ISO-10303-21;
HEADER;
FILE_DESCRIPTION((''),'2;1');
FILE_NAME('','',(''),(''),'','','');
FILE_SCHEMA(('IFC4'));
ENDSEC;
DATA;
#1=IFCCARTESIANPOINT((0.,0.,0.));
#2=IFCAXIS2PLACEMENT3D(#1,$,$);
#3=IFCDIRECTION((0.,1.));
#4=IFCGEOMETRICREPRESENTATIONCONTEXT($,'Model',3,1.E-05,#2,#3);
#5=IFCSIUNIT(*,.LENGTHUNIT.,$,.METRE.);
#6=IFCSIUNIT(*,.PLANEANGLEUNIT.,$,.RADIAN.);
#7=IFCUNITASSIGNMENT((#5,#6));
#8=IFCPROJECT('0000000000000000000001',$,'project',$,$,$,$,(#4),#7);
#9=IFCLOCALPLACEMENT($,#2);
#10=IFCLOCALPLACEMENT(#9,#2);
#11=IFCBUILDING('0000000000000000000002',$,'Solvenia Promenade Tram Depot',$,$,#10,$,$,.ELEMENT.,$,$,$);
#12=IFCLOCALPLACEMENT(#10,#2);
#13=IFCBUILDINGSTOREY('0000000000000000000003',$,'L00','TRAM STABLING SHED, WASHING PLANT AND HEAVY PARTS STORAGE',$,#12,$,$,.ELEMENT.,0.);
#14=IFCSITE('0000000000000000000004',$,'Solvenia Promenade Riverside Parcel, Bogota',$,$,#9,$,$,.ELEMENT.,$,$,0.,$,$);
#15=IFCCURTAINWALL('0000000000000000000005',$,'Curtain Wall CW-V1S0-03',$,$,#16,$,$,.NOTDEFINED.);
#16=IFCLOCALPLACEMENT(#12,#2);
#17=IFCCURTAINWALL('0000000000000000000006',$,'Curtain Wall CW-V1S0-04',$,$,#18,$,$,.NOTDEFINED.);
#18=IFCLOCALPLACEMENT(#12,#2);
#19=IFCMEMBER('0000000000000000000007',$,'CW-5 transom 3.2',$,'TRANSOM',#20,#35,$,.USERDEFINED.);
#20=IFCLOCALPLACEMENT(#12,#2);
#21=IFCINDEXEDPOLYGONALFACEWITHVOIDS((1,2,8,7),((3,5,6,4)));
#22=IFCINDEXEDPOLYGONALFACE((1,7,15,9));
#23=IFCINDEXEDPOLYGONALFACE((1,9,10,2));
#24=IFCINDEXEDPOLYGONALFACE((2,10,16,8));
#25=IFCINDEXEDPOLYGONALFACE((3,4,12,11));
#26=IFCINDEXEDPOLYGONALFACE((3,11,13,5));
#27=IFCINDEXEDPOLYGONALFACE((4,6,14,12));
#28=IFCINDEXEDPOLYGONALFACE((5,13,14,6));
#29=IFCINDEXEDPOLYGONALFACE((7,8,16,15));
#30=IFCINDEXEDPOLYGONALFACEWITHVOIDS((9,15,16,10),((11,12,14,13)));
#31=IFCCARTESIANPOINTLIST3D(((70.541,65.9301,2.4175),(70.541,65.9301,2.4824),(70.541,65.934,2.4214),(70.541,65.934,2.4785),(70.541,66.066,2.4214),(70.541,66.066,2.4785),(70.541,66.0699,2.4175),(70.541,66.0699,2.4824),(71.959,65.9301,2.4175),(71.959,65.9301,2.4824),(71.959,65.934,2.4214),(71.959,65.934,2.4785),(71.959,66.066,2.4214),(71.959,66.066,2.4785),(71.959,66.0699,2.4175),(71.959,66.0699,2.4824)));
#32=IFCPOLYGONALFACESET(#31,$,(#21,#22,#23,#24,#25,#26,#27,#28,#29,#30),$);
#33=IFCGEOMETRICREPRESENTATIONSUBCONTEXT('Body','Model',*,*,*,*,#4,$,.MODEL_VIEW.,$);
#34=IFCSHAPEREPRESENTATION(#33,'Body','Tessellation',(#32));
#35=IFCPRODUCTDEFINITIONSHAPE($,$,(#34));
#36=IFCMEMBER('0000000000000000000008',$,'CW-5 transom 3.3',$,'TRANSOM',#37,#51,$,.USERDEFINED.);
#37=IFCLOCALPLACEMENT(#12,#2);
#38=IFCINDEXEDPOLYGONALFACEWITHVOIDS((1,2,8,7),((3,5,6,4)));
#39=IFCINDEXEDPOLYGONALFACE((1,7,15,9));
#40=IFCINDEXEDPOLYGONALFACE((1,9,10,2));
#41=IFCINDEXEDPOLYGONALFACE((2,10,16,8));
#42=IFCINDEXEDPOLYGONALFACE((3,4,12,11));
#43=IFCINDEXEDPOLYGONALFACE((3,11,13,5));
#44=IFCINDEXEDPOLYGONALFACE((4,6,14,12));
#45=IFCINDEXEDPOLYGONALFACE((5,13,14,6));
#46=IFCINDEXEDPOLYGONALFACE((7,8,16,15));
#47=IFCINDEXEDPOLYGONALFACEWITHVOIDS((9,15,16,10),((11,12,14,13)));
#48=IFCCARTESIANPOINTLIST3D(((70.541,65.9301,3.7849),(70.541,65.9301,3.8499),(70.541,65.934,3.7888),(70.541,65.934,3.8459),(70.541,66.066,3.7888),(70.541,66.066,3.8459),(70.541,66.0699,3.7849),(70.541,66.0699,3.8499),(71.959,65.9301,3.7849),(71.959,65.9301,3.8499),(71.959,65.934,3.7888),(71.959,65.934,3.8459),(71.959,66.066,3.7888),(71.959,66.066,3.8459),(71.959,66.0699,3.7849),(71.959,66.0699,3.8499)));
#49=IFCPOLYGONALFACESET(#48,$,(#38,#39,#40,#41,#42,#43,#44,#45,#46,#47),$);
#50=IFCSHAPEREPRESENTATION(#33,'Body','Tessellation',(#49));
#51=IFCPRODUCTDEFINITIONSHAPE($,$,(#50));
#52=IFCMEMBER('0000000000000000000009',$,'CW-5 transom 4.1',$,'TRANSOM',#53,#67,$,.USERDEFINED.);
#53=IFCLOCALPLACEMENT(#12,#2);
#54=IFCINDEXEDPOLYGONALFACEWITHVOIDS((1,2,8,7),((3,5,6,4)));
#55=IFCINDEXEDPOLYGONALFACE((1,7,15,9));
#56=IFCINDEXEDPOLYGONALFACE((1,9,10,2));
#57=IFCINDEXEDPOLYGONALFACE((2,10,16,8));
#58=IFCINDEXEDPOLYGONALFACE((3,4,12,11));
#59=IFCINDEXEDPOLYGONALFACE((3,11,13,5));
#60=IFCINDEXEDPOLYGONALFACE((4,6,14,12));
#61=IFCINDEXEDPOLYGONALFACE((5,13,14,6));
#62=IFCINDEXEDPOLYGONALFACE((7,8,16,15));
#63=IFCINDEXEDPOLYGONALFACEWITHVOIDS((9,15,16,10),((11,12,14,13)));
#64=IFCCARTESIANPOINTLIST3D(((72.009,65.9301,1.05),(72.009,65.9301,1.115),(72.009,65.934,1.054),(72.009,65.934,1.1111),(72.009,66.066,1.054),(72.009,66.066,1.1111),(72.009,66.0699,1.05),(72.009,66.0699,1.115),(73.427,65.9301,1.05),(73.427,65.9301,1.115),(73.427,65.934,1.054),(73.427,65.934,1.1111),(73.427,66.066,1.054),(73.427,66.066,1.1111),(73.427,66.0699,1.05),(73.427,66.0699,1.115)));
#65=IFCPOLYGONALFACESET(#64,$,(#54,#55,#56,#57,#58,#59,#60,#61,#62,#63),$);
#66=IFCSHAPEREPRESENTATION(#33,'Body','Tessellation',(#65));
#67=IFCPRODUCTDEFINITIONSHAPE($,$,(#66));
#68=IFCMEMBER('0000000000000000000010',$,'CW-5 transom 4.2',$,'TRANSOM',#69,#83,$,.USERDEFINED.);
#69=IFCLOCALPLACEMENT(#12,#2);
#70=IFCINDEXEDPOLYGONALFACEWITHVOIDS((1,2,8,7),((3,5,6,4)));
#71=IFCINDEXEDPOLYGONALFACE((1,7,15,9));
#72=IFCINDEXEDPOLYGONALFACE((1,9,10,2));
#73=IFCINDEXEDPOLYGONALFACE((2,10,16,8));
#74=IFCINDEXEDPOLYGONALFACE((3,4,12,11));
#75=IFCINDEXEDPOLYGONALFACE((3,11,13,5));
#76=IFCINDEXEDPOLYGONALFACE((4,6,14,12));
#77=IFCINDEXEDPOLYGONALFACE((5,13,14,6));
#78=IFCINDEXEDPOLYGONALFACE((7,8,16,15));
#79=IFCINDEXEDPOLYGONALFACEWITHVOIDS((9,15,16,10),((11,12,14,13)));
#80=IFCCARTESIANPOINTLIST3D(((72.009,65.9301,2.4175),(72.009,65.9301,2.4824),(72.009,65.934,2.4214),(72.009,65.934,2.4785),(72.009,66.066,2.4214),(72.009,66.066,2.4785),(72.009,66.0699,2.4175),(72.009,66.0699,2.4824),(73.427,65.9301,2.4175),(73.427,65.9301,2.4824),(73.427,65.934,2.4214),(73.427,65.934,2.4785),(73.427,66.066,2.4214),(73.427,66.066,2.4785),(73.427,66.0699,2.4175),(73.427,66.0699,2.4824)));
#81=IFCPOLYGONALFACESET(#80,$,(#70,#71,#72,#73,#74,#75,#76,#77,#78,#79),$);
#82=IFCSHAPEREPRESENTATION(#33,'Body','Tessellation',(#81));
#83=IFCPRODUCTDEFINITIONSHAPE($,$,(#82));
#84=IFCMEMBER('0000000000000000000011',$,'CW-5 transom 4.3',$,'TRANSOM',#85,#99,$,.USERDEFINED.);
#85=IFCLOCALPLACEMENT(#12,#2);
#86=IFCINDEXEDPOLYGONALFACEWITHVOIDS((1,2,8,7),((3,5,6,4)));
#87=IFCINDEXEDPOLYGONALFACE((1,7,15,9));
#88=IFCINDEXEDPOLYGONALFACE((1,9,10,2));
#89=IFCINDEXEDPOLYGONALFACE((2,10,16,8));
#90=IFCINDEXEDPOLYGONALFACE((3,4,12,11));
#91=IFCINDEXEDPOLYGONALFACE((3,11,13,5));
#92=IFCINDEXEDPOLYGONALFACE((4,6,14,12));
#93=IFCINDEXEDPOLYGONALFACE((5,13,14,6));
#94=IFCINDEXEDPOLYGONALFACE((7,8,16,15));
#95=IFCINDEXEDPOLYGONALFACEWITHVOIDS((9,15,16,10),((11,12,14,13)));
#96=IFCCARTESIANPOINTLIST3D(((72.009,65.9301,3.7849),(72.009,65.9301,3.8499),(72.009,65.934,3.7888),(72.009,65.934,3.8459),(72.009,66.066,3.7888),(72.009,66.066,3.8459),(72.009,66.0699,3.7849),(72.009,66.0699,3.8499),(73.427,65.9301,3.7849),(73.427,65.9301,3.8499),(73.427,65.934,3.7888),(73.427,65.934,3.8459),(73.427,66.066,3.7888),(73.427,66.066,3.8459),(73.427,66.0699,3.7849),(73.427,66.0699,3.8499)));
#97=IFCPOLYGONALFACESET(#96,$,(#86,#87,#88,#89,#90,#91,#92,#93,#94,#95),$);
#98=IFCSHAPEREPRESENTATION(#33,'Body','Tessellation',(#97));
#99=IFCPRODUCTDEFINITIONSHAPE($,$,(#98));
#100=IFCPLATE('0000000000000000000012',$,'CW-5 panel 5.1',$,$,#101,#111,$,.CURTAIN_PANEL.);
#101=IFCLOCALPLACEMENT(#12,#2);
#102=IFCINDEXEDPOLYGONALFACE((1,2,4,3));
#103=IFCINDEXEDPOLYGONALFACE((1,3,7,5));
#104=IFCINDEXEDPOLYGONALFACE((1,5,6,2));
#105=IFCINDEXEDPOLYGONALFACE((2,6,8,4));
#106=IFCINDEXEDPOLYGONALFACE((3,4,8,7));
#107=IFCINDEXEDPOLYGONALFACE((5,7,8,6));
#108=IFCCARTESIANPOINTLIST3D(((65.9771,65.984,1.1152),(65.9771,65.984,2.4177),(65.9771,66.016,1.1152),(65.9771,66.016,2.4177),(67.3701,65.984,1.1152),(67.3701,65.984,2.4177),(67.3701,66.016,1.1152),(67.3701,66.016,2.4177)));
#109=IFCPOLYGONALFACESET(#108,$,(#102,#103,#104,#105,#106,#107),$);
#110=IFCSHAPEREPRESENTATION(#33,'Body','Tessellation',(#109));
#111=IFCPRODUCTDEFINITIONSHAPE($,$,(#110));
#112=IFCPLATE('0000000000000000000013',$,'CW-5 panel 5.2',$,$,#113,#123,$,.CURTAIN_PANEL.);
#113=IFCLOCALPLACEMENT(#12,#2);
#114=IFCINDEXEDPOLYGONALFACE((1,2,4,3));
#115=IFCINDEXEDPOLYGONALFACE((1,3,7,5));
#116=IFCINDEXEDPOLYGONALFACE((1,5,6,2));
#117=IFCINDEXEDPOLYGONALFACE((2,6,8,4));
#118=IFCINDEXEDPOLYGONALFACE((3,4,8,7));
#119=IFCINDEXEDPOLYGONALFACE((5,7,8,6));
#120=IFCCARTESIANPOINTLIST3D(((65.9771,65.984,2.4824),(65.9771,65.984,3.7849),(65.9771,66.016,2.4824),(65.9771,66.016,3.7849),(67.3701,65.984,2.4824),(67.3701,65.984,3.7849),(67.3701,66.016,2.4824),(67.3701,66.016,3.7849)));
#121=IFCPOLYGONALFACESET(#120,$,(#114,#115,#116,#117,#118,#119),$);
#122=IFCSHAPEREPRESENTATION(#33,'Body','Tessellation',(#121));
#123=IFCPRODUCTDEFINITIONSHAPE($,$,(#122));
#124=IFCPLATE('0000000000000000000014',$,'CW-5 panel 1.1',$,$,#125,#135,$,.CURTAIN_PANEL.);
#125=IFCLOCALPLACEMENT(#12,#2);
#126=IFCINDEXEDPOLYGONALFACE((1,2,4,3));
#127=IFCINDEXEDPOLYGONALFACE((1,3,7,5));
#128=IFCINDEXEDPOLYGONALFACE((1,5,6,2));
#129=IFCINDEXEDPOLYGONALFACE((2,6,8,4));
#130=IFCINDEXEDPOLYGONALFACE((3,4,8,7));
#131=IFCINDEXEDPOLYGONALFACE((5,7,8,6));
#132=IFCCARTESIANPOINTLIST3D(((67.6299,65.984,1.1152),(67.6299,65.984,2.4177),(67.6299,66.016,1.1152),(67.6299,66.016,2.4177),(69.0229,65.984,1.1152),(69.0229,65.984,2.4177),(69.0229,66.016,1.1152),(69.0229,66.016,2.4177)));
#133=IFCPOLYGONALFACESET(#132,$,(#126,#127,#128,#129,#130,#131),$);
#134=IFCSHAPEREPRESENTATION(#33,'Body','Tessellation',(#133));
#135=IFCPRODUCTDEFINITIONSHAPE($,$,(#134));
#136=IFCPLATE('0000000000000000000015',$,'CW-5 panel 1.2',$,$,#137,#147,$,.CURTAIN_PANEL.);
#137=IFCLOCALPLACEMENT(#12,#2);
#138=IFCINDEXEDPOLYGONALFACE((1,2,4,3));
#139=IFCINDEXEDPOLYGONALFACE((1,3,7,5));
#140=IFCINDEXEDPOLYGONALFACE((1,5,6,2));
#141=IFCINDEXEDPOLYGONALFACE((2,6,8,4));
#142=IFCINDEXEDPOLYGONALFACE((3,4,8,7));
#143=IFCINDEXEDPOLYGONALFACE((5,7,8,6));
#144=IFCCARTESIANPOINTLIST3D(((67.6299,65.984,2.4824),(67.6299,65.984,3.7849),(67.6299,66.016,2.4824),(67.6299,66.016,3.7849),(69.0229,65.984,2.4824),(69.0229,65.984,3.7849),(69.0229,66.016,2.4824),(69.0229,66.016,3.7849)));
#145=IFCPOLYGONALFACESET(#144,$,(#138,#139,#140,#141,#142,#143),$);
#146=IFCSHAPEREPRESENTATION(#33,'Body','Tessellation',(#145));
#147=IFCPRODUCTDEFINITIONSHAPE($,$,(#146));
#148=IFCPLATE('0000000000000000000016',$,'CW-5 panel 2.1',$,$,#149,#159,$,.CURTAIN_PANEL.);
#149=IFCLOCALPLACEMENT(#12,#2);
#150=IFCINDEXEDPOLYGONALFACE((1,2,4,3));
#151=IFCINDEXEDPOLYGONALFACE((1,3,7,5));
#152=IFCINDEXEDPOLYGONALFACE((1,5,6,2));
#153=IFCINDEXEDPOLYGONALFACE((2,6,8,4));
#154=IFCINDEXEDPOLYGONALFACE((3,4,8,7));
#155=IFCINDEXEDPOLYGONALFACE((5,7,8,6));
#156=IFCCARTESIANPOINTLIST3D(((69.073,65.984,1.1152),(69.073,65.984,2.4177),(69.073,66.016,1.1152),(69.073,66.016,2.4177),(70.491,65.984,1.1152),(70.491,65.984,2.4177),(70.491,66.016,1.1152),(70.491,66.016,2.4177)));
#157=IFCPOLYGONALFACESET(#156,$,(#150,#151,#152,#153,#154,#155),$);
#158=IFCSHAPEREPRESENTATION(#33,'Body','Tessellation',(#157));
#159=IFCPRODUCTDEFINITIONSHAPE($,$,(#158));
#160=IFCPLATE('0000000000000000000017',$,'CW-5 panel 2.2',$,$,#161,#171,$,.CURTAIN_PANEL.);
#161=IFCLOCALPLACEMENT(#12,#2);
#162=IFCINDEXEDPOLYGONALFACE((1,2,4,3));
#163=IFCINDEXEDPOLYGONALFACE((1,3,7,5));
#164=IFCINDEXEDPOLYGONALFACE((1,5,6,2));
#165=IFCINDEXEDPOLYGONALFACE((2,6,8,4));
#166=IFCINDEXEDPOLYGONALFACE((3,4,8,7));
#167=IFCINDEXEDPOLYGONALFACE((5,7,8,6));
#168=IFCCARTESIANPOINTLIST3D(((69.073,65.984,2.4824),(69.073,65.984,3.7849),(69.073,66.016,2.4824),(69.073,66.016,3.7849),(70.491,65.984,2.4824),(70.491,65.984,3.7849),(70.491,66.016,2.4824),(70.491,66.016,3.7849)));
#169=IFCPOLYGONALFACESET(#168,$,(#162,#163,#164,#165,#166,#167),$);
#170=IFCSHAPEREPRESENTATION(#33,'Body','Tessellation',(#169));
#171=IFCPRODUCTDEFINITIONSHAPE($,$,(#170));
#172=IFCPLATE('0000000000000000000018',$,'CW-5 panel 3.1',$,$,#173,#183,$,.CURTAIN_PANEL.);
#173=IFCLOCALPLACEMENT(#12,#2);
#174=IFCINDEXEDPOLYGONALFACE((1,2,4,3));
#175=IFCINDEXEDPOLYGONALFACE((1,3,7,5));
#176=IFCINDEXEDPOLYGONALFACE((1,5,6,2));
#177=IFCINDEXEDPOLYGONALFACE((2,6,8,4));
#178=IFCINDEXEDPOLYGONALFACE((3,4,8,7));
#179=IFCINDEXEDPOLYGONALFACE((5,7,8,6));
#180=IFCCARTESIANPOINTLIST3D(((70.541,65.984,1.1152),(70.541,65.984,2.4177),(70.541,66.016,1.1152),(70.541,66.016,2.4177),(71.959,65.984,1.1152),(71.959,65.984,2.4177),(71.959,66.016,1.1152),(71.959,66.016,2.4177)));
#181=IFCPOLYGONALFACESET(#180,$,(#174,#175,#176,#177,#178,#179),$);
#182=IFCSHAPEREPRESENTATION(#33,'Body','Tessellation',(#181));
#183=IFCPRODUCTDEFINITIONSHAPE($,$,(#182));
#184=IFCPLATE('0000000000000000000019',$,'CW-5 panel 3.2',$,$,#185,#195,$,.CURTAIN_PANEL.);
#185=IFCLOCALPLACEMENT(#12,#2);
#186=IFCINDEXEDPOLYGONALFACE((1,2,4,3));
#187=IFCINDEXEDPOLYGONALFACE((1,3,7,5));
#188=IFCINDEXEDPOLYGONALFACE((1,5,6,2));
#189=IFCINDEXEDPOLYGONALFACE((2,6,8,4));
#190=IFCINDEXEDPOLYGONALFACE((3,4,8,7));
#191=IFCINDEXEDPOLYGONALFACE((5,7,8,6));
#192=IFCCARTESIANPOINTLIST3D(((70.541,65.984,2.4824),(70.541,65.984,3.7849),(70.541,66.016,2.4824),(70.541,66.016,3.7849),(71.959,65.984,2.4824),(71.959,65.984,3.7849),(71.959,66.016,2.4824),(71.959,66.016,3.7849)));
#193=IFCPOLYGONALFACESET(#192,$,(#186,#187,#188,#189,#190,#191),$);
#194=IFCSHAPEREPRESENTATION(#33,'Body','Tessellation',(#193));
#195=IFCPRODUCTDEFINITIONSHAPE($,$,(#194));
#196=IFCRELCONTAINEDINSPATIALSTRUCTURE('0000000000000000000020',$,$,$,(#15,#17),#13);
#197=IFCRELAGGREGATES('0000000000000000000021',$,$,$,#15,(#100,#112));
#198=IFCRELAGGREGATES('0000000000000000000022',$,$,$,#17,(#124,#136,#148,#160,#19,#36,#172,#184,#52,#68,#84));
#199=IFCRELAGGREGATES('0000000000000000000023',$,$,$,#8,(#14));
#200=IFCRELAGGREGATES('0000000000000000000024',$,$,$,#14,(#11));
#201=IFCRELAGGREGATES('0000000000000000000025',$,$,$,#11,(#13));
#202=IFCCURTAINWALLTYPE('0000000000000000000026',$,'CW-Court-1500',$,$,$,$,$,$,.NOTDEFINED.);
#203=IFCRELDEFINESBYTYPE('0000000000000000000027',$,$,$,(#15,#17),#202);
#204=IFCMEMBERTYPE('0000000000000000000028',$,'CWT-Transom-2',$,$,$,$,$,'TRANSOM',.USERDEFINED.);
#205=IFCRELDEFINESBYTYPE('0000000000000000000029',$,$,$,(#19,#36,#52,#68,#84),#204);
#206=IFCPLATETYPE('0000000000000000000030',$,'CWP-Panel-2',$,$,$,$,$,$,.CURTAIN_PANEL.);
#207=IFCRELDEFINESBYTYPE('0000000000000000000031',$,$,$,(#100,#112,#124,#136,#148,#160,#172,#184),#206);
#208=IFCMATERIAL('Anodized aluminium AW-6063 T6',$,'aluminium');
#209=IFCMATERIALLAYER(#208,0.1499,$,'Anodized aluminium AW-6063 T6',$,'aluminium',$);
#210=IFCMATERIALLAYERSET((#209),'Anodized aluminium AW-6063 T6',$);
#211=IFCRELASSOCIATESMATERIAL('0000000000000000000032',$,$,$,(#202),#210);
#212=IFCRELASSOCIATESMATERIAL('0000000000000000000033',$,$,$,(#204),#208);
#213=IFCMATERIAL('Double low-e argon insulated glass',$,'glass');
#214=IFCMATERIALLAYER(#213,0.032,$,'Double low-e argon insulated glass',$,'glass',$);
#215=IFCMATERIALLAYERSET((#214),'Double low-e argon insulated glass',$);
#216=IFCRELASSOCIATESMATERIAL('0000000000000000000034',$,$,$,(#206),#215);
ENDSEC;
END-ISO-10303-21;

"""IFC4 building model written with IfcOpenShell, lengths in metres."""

from ifc_helpers import new_model, si_unit, direction, frame, origin, origin_2d, place, context, subcontext, project, spatial, rectangle, hollow_rectangle, extrude, material, layer, layer_set, material_profile, profile_set, type_object, element, aggregate, save


model = new_model("IFC4")

# Units and contexts
model_context = context("Model", 3, precision=1e-05, world=origin(), true_north=direction((0.0, 1.0)))
body_context = subcontext(model_context, "Body", "Model", "MODEL_VIEW")
ifc_project = project(units=[si_unit("LENGTHUNIT", "METRE"), si_unit("PLANEANGLEUNIT", "RADIAN")], contexts=[model_context])

# Site, building, storey
site_placement = place(None, origin())
site = spatial("IfcSite", under=ifc_project, at=site_placement, Name="Solvenia Promenade Riverside Parcel, Bogota", CompositionType="ELEMENT", RefElevation=0.0)
building_placement = place(site_placement, origin())
building = spatial("IfcBuilding", under=site, at=building_placement, Name="Solvenia Promenade Tram Depot", CompositionType="ELEMENT")
storey_placement = place(building_placement, origin())
storey = spatial("IfcBuildingStorey", under=building, at=storey_placement, Name="L00", Description="TRAM STABLING SHED, WASHING PLANT AND HEAVY PARTS STORAGE", CompositionType="ELEMENT", Elevation=0.0)

# Curtain wall
ifc_material_1 = material(Name="Anodized aluminium AW-6063 T6", Category="aluminium")
ifc_layer_1 = layer(ifc_material_1, 0.1499, Name="Anodized aluminium AW-6063 T6", Category="aluminium")
ifc_layer_set_1 = layer_set([ifc_layer_1], Name="Anodized aluminium AW-6063 T6")
curtain_wall_type = type_object("IfcCurtainWallType", Name="CW-Court-1500", PredefinedType="NOTDEFINED", material=ifc_layer_set_1)
curtain_wall_1_placement = place(storey_placement, origin())
curtain_wall_1 = element("IfcCurtainWall", 1, at=curtain_wall_1_placement, inside=storey, type_object=curtain_wall_type, Name="Curtain Wall CW-V1S0-03", PredefinedType="NOTDEFINED")

# Curtain wall, members
curtain_wall_2_placement = place(storey_placement, origin())
curtain_wall_2 = element("IfcCurtainWall", 2, at=curtain_wall_2_placement, inside=storey, type_object=curtain_wall_type, Name="Curtain Wall CW-V1S0-04", PredefinedType="NOTDEFINED")
ifc_material_profile_1 = material_profile(ifc_material_1, hollow_rectangle(XDim=0.1399, YDim=0.0649, WallThickness=0.0039, at=origin_2d()), Name="ALU-T2", Category="aluminium")
ifc_profile_set_1 = profile_set([ifc_material_profile_1], Name="Anodized aluminium AW-6063 T6")
member_type_1 = type_object("IfcMemberType", Name="CWT-Transom-2", ElementType="TRANSOM", PredefinedType="USERDEFINED", material=ifc_profile_set_1)
member_1_placement = place(storey_placement, frame((70.541, 66.0, 2.45), z_axis=(1.0, 0.0, 0.0), x_axis=(0.0, 1.0, 0.0)))
member_1 = element("IfcMember", 3, at=member_1_placement, type_object=member_type_1, Name="CW-5 transom 3.2", ObjectType="TRANSOM", PredefinedType="USERDEFINED", context=body_context, shape_type="SweptSolid", body=[
    extrude(hollow_rectangle(XDim=0.1399, YDim=0.0649, WallThickness=0.0039, at=origin_2d()), origin(), (0.0, 0.0, 1.0), 1.418),
])
member_2_placement = place(storey_placement, frame((70.541, 66.0, 3.8174), z_axis=(1.0, 0.0, 0.0), x_axis=(0.0, 1.0, 0.0)))
member_2 = element("IfcMember", 4, at=member_2_placement, type_object=member_type_1, Name="CW-5 transom 3.3", ObjectType="TRANSOM", PredefinedType="USERDEFINED", context=body_context, shape_type="SweptSolid", body=[
    extrude(hollow_rectangle(XDim=0.1399, YDim=0.0649, WallThickness=0.0039, at=origin_2d()), origin(), (0.0, 0.0, 1.0), 1.418),
])
member_3_placement = place(storey_placement, frame((72.009, 66.0, 1.0825), z_axis=(1.0, 0.0, 0.0), x_axis=(0.0, 1.0, 0.0)))
member_3 = element("IfcMember", 5, at=member_3_placement, type_object=member_type_1, Name="CW-5 transom 4.1", ObjectType="TRANSOM", PredefinedType="USERDEFINED", context=body_context, shape_type="SweptSolid", body=[
    extrude(hollow_rectangle(XDim=0.1399, YDim=0.0649, WallThickness=0.0039, at=origin_2d()), origin(), (0.0, 0.0, 1.0), 1.418),
])
member_4_placement = place(storey_placement, frame((72.009, 66.0, 2.45), z_axis=(1.0, 0.0, 0.0), x_axis=(0.0, 1.0, 0.0)))
member_4 = element("IfcMember", 6, at=member_4_placement, type_object=member_type_1, Name="CW-5 transom 4.2", ObjectType="TRANSOM", PredefinedType="USERDEFINED", context=body_context, shape_type="SweptSolid", body=[
    extrude(hollow_rectangle(XDim=0.1399, YDim=0.0649, WallThickness=0.0039, at=origin_2d()), origin(), (0.0, 0.0, 1.0), 1.418),
])
member_5_placement = place(storey_placement, frame((72.009, 66.0, 3.8174), z_axis=(1.0, 0.0, 0.0), x_axis=(0.0, 1.0, 0.0)))
member_5 = element("IfcMember", 7, at=member_5_placement, type_object=member_type_1, Name="CW-5 transom 4.3", ObjectType="TRANSOM", PredefinedType="USERDEFINED", context=body_context, shape_type="SweptSolid", body=[
    extrude(hollow_rectangle(XDim=0.1399, YDim=0.0649, WallThickness=0.0039, at=origin_2d()), origin(), (0.0, 0.0, 1.0), 1.418),
])

# Plates
ifc_material_2 = material(Name="Double low-e argon insulated glass", Category="glass")
ifc_layer_2 = layer(ifc_material_2, 0.032, Name="Double low-e argon insulated glass", Category="glass")
ifc_layer_set_2 = layer_set([ifc_layer_2], Name="Double low-e argon insulated glass")
plate_type = type_object("IfcPlateType", Name="CWP-Panel-2", PredefinedType="CURTAIN_PANEL", material=ifc_layer_set_2)
plate_1_placement = place(storey_placement, frame((66.6736, 66.0, 1.1152), z_axis=(0.0, 0.0, 1.0), x_axis=(1.0, 0.0, 0.0)))
plate_1 = element("IfcPlate", 8, at=plate_1_placement, type_object=plate_type, Name="CW-5 panel 5.1", PredefinedType="CURTAIN_PANEL", context=body_context, shape_type="SweptSolid", body=[
    extrude(rectangle(XDim=1.3931, YDim=0.032, at=origin_2d()), origin(), (0.0, 0.0, 1.0), 1.3025),
])
plate_2_placement = place(storey_placement, frame((66.6736, 66.0, 2.4824), z_axis=(0.0, 0.0, 1.0), x_axis=(1.0, 0.0, 0.0)))
plate_2 = element("IfcPlate", 9, at=plate_2_placement, type_object=plate_type, Name="CW-5 panel 5.2", PredefinedType="CURTAIN_PANEL", context=body_context, shape_type="SweptSolid", body=[
    extrude(rectangle(XDim=1.3931, YDim=0.032, at=origin_2d()), origin(), (0.0, 0.0, 1.0), 1.3025),
])
aggregate(curtain_wall_1, [plate_1, plate_2])
plate_3_placement = place(storey_placement, frame((68.3264, 66.0, 1.1152), z_axis=(0.0, 0.0, 1.0), x_axis=(1.0, 0.0, 0.0)))
plate_3 = element("IfcPlate", 10, at=plate_3_placement, type_object=plate_type, Name="CW-5 panel 1.1", PredefinedType="CURTAIN_PANEL", context=body_context, shape_type="SweptSolid", body=[
    extrude(rectangle(XDim=1.3931, YDim=0.032, at=origin_2d()), origin(), (0.0, 0.0, 1.0), 1.3025),
])
plate_4_placement = place(storey_placement, frame((68.3264, 66.0, 2.4824), z_axis=(0.0, 0.0, 1.0), x_axis=(1.0, 0.0, 0.0)))
plate_4 = element("IfcPlate", 11, at=plate_4_placement, type_object=plate_type, Name="CW-5 panel 1.2", PredefinedType="CURTAIN_PANEL", context=body_context, shape_type="SweptSolid", body=[
    extrude(rectangle(XDim=1.3931, YDim=0.032, at=origin_2d()), origin(), (0.0, 0.0, 1.0), 1.3025),
])
plate_5_placement = place(storey_placement, frame((69.782, 66.0, 1.1152), z_axis=(0.0, 0.0, 1.0), x_axis=(1.0, 0.0, 0.0)))
plate_5 = element("IfcPlate", 12, at=plate_5_placement, type_object=plate_type, Name="CW-5 panel 2.1", PredefinedType="CURTAIN_PANEL", context=body_context, shape_type="SweptSolid", body=[
    extrude(rectangle(XDim=1.418, YDim=0.032, at=origin_2d()), origin(), (0.0, 0.0, 1.0), 1.3025),
])
plate_6_placement = place(storey_placement, frame((69.782, 66.0, 2.4824), z_axis=(0.0, 0.0, 1.0), x_axis=(1.0, 0.0, 0.0)))
plate_6 = element("IfcPlate", 13, at=plate_6_placement, type_object=plate_type, Name="CW-5 panel 2.2", PredefinedType="CURTAIN_PANEL", context=body_context, shape_type="SweptSolid", body=[
    extrude(rectangle(XDim=1.418, YDim=0.032, at=origin_2d()), origin(), (0.0, 0.0, 1.0), 1.3025),
])
plate_7_placement = place(storey_placement, frame((71.25, 66.0, 1.1152), z_axis=(0.0, 0.0, 1.0), x_axis=(1.0, 0.0, 0.0)))
plate_7 = element("IfcPlate", 14, at=plate_7_placement, type_object=plate_type, Name="CW-5 panel 3.1", PredefinedType="CURTAIN_PANEL", context=body_context, shape_type="SweptSolid", body=[
    extrude(rectangle(XDim=1.418, YDim=0.032, at=origin_2d()), origin(), (0.0, 0.0, 1.0), 1.3025),
])
plate_8_placement = place(storey_placement, frame((71.25, 66.0, 2.4824), z_axis=(0.0, 0.0, 1.0), x_axis=(1.0, 0.0, 0.0)))
plate_8 = element("IfcPlate", 15, at=plate_8_placement, type_object=plate_type, Name="CW-5 panel 3.2", PredefinedType="CURTAIN_PANEL", context=body_context, shape_type="SweptSolid", body=[
    extrude(rectangle(XDim=1.418, YDim=0.032, at=origin_2d()), origin(), (0.0, 0.0, 1.0), 1.3025),
])
aggregate(curtain_wall_2, [plate_3, plate_4, plate_5, plate_6, member_1, member_2, plate_7, plate_8, member_3, member_4, member_5])

save(model, "model.ifc")
